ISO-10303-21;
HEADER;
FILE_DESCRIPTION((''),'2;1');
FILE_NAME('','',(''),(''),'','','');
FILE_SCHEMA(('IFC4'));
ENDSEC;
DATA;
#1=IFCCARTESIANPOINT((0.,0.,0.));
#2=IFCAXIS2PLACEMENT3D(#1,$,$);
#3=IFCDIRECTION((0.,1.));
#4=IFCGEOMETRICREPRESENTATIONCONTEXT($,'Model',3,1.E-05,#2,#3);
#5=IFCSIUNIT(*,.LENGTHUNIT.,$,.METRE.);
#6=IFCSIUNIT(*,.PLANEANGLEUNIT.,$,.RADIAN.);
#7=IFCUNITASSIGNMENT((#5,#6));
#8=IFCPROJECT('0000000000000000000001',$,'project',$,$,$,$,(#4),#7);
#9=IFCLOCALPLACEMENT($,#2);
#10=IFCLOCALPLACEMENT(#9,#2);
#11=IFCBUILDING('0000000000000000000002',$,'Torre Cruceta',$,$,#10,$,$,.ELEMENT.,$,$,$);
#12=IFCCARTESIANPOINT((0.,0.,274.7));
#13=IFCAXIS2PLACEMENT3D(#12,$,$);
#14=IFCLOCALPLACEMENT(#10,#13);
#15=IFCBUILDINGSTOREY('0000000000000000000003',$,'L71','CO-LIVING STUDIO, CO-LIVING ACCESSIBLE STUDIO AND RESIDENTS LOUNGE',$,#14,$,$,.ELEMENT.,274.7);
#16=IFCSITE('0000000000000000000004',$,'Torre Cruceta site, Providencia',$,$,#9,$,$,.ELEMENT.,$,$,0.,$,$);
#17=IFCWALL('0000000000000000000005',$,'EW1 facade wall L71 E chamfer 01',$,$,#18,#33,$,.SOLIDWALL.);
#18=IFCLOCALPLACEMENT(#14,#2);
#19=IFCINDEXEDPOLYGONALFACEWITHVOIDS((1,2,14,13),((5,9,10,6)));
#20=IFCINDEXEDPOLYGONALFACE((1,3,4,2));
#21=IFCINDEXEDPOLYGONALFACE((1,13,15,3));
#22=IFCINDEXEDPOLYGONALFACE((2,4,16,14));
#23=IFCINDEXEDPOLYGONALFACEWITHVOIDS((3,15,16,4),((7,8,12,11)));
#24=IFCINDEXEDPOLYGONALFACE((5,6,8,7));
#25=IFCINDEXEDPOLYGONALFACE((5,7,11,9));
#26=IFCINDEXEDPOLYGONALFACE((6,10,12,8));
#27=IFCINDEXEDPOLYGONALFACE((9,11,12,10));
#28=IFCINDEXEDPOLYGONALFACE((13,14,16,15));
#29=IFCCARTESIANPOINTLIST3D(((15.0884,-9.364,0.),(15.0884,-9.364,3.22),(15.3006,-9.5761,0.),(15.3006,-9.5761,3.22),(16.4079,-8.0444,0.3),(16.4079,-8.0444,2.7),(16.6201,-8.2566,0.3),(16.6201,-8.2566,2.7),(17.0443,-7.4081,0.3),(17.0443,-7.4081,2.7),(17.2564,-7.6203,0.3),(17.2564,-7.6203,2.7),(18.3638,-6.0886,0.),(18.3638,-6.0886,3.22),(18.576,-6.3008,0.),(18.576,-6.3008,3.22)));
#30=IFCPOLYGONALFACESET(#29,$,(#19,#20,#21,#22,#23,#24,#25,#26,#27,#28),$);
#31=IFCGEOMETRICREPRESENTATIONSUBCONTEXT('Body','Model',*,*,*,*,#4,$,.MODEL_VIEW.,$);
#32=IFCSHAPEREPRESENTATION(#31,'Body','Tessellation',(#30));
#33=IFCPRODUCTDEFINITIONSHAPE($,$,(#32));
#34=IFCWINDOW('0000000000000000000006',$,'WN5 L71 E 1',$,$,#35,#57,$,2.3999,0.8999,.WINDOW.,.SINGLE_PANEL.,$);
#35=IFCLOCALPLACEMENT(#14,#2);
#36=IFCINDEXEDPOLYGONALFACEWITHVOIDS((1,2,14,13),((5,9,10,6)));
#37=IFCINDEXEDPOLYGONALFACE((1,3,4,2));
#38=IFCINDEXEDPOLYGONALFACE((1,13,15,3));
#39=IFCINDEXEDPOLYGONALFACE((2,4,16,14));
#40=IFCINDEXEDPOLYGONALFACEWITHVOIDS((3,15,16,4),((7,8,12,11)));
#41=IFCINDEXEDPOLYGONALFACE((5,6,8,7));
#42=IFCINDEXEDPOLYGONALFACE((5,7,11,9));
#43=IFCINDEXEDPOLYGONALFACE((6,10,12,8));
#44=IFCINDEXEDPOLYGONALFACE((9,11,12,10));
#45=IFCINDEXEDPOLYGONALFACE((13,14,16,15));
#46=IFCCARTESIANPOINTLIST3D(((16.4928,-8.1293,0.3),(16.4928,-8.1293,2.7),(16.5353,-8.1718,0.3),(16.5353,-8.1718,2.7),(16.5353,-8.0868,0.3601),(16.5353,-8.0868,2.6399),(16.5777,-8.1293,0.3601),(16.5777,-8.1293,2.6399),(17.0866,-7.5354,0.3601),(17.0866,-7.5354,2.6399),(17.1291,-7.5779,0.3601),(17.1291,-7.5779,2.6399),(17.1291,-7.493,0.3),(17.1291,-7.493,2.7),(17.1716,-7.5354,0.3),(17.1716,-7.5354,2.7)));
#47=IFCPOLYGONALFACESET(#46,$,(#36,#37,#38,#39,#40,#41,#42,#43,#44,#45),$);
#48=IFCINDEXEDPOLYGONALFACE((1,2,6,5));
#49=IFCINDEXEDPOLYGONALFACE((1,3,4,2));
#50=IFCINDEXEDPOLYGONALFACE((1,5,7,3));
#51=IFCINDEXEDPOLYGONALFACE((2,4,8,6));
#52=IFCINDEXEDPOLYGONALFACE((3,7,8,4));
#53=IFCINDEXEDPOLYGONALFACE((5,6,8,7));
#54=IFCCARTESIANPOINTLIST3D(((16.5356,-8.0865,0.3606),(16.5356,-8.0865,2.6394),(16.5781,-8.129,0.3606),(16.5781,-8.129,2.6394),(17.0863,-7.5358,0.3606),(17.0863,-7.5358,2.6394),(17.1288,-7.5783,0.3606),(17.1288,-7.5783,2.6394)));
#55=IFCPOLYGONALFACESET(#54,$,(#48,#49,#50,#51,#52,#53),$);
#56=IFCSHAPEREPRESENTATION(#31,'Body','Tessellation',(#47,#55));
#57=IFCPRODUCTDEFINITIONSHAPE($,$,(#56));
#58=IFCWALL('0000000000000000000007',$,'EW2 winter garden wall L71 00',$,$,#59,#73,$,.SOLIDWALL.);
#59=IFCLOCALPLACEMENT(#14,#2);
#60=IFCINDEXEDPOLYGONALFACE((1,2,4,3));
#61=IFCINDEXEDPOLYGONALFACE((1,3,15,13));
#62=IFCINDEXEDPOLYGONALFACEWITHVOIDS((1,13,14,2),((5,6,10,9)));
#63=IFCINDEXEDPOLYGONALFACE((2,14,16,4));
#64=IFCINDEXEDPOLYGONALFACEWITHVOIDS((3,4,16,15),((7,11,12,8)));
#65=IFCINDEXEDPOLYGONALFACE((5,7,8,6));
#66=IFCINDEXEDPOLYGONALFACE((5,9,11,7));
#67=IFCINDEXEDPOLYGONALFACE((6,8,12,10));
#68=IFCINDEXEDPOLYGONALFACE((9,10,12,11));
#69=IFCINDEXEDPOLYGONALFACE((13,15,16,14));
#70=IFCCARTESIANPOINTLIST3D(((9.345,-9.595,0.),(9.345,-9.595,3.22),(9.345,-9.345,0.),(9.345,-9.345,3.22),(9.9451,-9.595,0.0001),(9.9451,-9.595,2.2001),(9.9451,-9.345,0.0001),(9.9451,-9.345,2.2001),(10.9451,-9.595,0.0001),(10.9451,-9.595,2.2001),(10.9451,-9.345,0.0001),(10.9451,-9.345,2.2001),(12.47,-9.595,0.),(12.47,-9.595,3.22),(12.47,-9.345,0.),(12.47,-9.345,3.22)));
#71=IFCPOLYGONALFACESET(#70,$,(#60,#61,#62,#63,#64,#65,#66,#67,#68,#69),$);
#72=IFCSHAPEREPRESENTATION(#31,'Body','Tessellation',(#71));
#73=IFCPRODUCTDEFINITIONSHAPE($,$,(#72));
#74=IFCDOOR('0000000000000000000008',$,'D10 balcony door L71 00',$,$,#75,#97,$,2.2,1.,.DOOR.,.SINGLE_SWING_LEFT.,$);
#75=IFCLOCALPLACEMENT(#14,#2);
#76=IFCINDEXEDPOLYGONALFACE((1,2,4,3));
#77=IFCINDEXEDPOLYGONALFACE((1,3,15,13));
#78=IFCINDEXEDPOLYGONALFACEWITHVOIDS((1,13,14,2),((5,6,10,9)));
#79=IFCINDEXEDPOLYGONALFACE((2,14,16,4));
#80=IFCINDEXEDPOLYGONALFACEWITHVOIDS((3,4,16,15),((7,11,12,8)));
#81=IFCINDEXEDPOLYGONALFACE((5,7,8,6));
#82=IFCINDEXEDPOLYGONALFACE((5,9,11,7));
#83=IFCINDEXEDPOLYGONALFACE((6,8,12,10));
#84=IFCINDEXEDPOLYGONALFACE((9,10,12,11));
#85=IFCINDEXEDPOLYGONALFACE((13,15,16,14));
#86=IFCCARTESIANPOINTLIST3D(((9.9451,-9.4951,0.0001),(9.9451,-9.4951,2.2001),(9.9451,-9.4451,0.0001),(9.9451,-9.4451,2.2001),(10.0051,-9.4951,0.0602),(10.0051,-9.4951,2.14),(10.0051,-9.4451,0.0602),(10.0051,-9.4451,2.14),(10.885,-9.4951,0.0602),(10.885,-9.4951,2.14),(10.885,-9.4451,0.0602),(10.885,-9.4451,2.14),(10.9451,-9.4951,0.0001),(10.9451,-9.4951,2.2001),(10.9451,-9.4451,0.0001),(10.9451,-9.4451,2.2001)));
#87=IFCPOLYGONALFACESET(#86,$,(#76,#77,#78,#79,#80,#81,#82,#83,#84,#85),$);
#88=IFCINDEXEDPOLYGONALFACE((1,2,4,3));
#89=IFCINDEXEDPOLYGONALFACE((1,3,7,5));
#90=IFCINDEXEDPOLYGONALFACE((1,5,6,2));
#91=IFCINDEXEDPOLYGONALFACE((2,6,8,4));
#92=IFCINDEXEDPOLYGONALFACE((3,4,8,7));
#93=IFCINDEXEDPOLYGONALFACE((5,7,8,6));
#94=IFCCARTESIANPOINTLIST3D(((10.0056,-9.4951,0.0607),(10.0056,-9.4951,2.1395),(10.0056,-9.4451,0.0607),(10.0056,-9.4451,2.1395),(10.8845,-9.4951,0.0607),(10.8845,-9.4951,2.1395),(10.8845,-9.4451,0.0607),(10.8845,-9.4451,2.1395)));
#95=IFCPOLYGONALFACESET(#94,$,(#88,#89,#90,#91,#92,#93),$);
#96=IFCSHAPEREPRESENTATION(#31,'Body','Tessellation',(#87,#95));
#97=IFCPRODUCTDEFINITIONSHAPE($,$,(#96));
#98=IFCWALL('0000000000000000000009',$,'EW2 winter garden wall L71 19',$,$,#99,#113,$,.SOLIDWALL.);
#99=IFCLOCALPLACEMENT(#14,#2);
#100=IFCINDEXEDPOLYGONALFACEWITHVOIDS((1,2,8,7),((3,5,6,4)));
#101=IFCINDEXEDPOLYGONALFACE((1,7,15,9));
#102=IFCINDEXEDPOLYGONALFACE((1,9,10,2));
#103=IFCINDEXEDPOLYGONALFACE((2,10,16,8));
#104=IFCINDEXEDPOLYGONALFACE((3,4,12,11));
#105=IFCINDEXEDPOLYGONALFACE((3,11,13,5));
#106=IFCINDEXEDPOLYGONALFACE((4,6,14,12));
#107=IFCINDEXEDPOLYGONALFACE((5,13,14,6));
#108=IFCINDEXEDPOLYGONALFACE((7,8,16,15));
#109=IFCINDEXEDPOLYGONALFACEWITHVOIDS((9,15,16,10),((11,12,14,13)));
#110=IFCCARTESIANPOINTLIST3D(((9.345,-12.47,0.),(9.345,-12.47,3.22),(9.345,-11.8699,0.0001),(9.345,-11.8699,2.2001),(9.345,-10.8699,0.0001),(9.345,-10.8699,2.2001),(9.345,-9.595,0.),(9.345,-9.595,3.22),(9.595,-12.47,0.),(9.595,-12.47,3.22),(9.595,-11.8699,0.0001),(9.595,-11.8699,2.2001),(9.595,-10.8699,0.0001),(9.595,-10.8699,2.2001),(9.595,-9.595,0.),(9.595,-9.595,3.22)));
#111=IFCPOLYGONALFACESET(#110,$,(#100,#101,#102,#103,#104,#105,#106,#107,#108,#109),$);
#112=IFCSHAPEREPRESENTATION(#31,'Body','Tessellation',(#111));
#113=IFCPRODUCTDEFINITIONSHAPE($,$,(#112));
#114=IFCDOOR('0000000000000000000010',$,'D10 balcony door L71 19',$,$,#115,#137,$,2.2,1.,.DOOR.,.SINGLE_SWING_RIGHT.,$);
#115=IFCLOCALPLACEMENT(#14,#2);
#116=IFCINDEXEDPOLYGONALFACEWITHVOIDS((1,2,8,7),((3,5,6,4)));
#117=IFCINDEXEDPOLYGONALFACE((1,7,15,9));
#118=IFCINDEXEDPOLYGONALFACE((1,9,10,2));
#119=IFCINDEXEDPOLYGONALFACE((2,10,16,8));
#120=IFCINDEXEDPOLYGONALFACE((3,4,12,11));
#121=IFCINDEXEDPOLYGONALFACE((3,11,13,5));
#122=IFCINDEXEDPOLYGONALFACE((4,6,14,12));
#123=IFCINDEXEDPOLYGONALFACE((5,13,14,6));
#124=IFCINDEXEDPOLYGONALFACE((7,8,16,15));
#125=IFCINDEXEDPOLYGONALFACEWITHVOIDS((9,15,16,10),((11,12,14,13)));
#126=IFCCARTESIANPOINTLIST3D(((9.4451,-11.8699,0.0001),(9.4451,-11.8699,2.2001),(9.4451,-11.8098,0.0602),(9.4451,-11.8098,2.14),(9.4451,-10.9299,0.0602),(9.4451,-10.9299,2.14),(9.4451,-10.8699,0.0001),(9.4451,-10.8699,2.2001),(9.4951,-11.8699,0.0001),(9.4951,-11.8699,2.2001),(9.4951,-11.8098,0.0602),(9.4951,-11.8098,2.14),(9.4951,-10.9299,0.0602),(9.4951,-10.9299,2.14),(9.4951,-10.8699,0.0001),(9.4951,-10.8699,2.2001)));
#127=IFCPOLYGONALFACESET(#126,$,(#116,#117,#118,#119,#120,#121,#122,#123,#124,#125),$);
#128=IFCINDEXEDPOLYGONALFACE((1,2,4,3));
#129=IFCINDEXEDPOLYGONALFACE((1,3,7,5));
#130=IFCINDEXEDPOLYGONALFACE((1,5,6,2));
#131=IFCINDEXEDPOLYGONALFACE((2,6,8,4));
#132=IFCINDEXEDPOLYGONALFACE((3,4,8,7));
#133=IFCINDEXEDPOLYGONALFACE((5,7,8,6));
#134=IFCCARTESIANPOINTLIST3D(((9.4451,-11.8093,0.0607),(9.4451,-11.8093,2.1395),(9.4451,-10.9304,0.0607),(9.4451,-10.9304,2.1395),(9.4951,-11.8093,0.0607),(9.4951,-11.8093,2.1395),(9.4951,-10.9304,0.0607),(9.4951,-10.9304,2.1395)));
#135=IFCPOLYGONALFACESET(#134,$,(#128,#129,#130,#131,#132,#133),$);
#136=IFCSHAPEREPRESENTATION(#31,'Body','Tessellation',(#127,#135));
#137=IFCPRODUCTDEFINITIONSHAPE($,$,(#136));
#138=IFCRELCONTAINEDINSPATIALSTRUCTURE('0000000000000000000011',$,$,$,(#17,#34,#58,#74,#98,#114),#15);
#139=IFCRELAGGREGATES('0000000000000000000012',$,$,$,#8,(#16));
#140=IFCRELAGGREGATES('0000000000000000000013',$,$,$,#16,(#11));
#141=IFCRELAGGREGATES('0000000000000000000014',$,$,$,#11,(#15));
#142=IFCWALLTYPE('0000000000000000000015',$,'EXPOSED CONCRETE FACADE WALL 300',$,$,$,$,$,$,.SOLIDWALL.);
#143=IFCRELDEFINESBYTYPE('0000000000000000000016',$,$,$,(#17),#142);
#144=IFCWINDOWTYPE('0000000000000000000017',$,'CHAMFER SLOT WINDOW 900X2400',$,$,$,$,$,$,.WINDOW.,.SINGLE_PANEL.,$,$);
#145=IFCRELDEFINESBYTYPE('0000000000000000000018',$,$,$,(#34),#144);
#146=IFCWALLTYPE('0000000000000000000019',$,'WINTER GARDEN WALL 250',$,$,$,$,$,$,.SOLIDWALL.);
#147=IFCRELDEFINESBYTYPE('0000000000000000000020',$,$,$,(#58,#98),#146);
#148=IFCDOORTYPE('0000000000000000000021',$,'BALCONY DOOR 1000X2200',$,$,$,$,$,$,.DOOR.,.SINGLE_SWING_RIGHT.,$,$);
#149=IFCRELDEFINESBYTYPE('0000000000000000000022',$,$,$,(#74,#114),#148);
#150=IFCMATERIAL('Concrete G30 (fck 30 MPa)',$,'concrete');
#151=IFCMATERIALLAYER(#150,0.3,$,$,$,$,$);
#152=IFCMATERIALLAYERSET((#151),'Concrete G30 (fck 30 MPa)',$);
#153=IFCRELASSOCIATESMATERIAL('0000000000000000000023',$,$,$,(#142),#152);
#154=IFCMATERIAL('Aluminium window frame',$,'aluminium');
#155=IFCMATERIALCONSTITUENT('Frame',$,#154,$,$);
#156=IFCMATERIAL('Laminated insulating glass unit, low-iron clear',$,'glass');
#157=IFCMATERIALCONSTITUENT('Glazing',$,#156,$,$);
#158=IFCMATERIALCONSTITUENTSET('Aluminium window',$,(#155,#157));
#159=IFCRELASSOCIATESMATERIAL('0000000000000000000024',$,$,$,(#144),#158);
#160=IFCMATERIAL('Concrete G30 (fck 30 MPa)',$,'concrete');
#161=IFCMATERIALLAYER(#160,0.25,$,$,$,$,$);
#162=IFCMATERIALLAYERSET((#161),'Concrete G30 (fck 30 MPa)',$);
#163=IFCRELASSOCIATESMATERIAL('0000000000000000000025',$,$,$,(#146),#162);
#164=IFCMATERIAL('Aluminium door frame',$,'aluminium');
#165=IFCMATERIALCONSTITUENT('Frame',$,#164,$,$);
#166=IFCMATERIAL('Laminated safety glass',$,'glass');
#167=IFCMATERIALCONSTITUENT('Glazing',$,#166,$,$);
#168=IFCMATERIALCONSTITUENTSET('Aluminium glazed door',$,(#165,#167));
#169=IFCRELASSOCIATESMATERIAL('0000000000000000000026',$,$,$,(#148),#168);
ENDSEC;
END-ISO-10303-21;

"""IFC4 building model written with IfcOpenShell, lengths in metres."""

from ifc_helpers import new_model, si_unit, direction, frame, frame_2d, origin, place, context, subcontext, project, spatial, rectangle, hollow_rectangle, extrude, material, layer, layer_set, constituent, constituent_set, type_object, element, fill, save


model = new_model("IFC4")

# Units and contexts
model_context = context("Model", 3, precision=1e-05, world=origin(), true_north=direction((0.0, 1.0)))
body_context = subcontext(model_context, "Body", "Model", "MODEL_VIEW")
ifc_project = project(units=[si_unit("LENGTHUNIT", "METRE"), si_unit("PLANEANGLEUNIT", "RADIAN")], contexts=[model_context])

# Site, building, storey
site_placement = place(None, origin())
site = spatial("IfcSite", under=ifc_project, at=site_placement, Name="Torre Cruceta site, Providencia", CompositionType="ELEMENT", RefElevation=0.0)
building_placement = place(site_placement, origin())
building = spatial("IfcBuilding", under=site, at=building_placement, Name="Torre Cruceta", CompositionType="ELEMENT")
storey_placement = place(building_placement, frame((0.0, 0.0, 274.7)))
storey = spatial("IfcBuildingStorey", under=building, at=storey_placement, Name="L71", Description="CO-LIVING STUDIO, CO-LIVING ACCESSIBLE STUDIO AND RESIDENTS LOUNGE", CompositionType="ELEMENT", Elevation=274.7)

# Wall, opening, window
ifc_material_1 = material(Name="Concrete G30 (fck 30 MPa)", Category="concrete")
ifc_layer_1 = layer(ifc_material_1, 0.3)
ifc_layer_set_1 = layer_set([ifc_layer_1], Name="Concrete G30 (fck 30 MPa)")
wall_type_1 = type_object("IfcWallType", Name="EXPOSED CONCRETE FACADE WALL 300", PredefinedType="SOLIDWALL", material=ifc_layer_set_1)
wall_1_placement = place(storey_placement, frame((15.1946, -9.47, 0.0), z_axis=(0.0, 0.0, 1.0), x_axis=(0.707107, 0.707107, 0.0)))
wall_1 = element("IfcWall", 1, at=wall_1_placement, inside=storey, type_object=wall_type_1, Name="EW1 facade wall L71 E chamfer 01", PredefinedType="SOLIDWALL", context=body_context, shape_type="SweptSolid", body=[
    extrude(rectangle(XDim=4.6321, YDim=0.3, at=frame_2d((2.3159, 0.0))), origin(), (0.0, 0.0, 1.0), 3.22),
])
opening_1_placement = place(wall_1_placement, frame((1.866, 0.0, 0.3)))
opening_1 = element("IfcOpeningElement", 2, at=opening_1_placement, cuts=wall_1, PredefinedType="OPENING", context=body_context, shape_type="SweptSolid", body=[
    extrude(rectangle(XDim=0.8999, YDim=2.3999, at=frame_2d((0.45, 1.2))), frame((0.0, 0.1599, 0.0), z_axis=(0.0, -1.0, 0.0), x_axis=(1.0, 0.0, 0.0)), (0.0, 0.0, 1.0), 0.3201),
])
ifc_material_2 = material(Name="Aluminium window frame", Category="aluminium")
ifc_constituent_1 = constituent(ifc_material_2, Name="Frame")
ifc_material_3 = material(Name="Laminated insulating glass unit, low-iron clear", Category="glass")
ifc_constituent_2 = constituent(ifc_material_3, Name="Glazing")
ifc_constituent_set_1 = constituent_set(constituents=[ifc_constituent_1, ifc_constituent_2], Name="Aluminium window")
window_type = type_object("IfcWindowType", Name="CHAMFER SLOT WINDOW 900X2400", PartitioningType="SINGLE_PANEL", PredefinedType="WINDOW", material=ifc_constituent_set_1)
window_placement = place(opening_1_placement, origin())
window = element("IfcWindow", 3, at=window_placement, inside=storey, type_object=window_type, Name="WN5 L71 E 1", OverallHeight=2.3999, OverallWidth=0.8999, PartitioningType="SINGLE_PANEL", PredefinedType="WINDOW", context=body_context, shape_type="SweptSolid", body=[
    extrude(hollow_rectangle(XDim=0.8999, YDim=2.3999, WallThickness=0.0601, at=frame_2d((0.45, 1.2))), frame((0.0, 0.03, 0.0), z_axis=(0.0, -1.0, 0.0), x_axis=(1.0, 0.0, 0.0)), (0.0, 0.0, 1.0), 0.0601),
    extrude(rectangle(XDim=0.7788, YDim=2.2788, at=frame_2d((0.45, 1.2))), frame((0.0, 0.03, 0.0), z_axis=(0.0, -1.0, 0.0), x_axis=(1.0, 0.0, 0.0)), (0.0, 0.0, 1.0), 0.0601),
])
fill(opening_1, window)

# Walls, openings, doors
ifc_material_4 = material(Name="Concrete G30 (fck 30 MPa)", Category="concrete")
ifc_layer_2 = layer(ifc_material_4, 0.25)
ifc_layer_set_2 = layer_set([ifc_layer_2], Name="Concrete G30 (fck 30 MPa)")
wall_type_2 = type_object("IfcWallType", Name="WINTER GARDEN WALL 250", PredefinedType="SOLIDWALL", material=ifc_layer_set_2)
wall_2_placement = place(storey_placement, frame((9.345, -9.47, 0.0), z_axis=(0.0, 0.0, 1.0), x_axis=(1.0, 0.0, 0.0)))
wall_2 = element("IfcWall", 4, at=wall_2_placement, inside=storey, type_object=wall_type_2, Name="EW2 winter garden wall L71 00", PredefinedType="SOLIDWALL", context=body_context, shape_type="SweptSolid", body=[
    extrude(rectangle(XDim=3.125, YDim=0.25, at=frame_2d((1.5625, 0.0))), origin(), (0.0, 0.0, 1.0), 3.22),
])
opening_2_placement = place(wall_2_placement, frame((0.6001, 0.0, 0.0)))
opening_2 = element("IfcOpeningElement", 5, at=opening_2_placement, cuts=wall_2, PredefinedType="OPENING", context=body_context, shape_type="SweptSolid", body=[
    extrude(rectangle(XDim=1.0, YDim=2.2, at=frame_2d((0.5, 1.1001))), frame((0.0, 0.135, 0.0), z_axis=(0.0, -1.0, 0.0), x_axis=(1.0, 0.0, 0.0)), (0.0, 0.0, 1.0), 0.27),
])
ifc_material_5 = material(Name="Aluminium door frame", Category="aluminium")
ifc_constituent_3 = constituent(ifc_material_5, Name="Frame")
ifc_material_6 = material(Name="Laminated safety glass", Category="glass")
ifc_constituent_4 = constituent(ifc_material_6, Name="Glazing")
ifc_constituent_set_2 = constituent_set(constituents=[ifc_constituent_3, ifc_constituent_4], Name="Aluminium glazed door")
door_type_1 = type_object("IfcDoorType", Name="BALCONY DOOR 1000X2200", OperationType="SINGLE_SWING_RIGHT", PredefinedType="DOOR", material=ifc_constituent_set_2)
door_1_placement = place(opening_2_placement, origin())
door_1 = element("IfcDoor", 6, at=door_1_placement, inside=storey, type_object=door_type_1, Name="D10 balcony door L71 00", OperationType="SINGLE_SWING_LEFT", OverallHeight=2.2, OverallWidth=1.0, PredefinedType="DOOR", context=body_context, shape_type="SweptSolid", body=[
    extrude(hollow_rectangle(XDim=1.0, YDim=2.2, WallThickness=0.0601, at=frame_2d((0.5, 1.1001))), frame((0.0, 0.0249, 0.0), z_axis=(0.0, -1.0, 0.0), x_axis=(1.0, 0.0, 0.0)), (0.0, 0.0, 1.0), 0.05),
    extrude(rectangle(XDim=0.8789, YDim=2.0789, at=frame_2d((0.5, 1.1001))), frame((0.0, 0.0249, 0.0), z_axis=(0.0, -1.0, 0.0), x_axis=(1.0, 0.0, 0.0)), (0.0, 0.0, 1.0), 0.05),
])
fill(opening_2, door_1)
wall_3_placement = place(storey_placement, frame((9.47, -12.47, 0.0), z_axis=(0.0, 0.0, 1.0), x_axis=(0.0, 1.0, 0.0)))
wall_3 = element("IfcWall", 7, at=wall_3_placement, inside=storey, type_object=wall_type_2, Name="EW2 winter garden wall L71 19", PredefinedType="SOLIDWALL", context=body_context, shape_type="SweptSolid", body=[
    extrude(rectangle(XDim=2.875, YDim=0.25, at=frame_2d((1.4375, 0.0))), origin(), (0.0, 0.0, 1.0), 3.22),
])
opening_3_placement = place(wall_3_placement, frame((0.6001, 0.0, 0.0)))
opening_3 = element("IfcOpeningElement", 8, at=opening_3_placement, cuts=wall_3, PredefinedType="OPENING", context=body_context, shape_type="SweptSolid", body=[
    extrude(rectangle(XDim=1.0, YDim=2.2, at=frame_2d((0.5, 1.1001))), frame((0.0, 0.135, 0.0), z_axis=(0.0, -1.0, 0.0), x_axis=(1.0, 0.0, 0.0)), (0.0, 0.0, 1.0), 0.27),
])
door_2_placement = place(opening_3_placement, origin())
door_2 = element("IfcDoor", 9, at=door_2_placement, inside=storey, type_object=door_type_1, Name="D10 balcony door L71 19", OperationType="SINGLE_SWING_RIGHT", OverallHeight=2.2, OverallWidth=1.0, PredefinedType="DOOR", context=body_context, shape_type="SweptSolid", body=[
    extrude(hollow_rectangle(XDim=1.0, YDim=2.2, WallThickness=0.0601, at=frame_2d((0.5, 1.1001))), frame((0.0, 0.0249, 0.0), z_axis=(0.0, -1.0, 0.0), x_axis=(1.0, 0.0, 0.0)), (0.0, 0.0, 1.0), 0.05),
    extrude(rectangle(XDim=0.8789, YDim=2.0789, at=frame_2d((0.5, 1.1001))), frame((0.0, 0.0249, 0.0), z_axis=(0.0, -1.0, 0.0), x_axis=(1.0, 0.0, 0.0)), (0.0, 0.0, 1.0), 0.05),
])
fill(opening_3, door_2)

save(model, "model.ifc")
